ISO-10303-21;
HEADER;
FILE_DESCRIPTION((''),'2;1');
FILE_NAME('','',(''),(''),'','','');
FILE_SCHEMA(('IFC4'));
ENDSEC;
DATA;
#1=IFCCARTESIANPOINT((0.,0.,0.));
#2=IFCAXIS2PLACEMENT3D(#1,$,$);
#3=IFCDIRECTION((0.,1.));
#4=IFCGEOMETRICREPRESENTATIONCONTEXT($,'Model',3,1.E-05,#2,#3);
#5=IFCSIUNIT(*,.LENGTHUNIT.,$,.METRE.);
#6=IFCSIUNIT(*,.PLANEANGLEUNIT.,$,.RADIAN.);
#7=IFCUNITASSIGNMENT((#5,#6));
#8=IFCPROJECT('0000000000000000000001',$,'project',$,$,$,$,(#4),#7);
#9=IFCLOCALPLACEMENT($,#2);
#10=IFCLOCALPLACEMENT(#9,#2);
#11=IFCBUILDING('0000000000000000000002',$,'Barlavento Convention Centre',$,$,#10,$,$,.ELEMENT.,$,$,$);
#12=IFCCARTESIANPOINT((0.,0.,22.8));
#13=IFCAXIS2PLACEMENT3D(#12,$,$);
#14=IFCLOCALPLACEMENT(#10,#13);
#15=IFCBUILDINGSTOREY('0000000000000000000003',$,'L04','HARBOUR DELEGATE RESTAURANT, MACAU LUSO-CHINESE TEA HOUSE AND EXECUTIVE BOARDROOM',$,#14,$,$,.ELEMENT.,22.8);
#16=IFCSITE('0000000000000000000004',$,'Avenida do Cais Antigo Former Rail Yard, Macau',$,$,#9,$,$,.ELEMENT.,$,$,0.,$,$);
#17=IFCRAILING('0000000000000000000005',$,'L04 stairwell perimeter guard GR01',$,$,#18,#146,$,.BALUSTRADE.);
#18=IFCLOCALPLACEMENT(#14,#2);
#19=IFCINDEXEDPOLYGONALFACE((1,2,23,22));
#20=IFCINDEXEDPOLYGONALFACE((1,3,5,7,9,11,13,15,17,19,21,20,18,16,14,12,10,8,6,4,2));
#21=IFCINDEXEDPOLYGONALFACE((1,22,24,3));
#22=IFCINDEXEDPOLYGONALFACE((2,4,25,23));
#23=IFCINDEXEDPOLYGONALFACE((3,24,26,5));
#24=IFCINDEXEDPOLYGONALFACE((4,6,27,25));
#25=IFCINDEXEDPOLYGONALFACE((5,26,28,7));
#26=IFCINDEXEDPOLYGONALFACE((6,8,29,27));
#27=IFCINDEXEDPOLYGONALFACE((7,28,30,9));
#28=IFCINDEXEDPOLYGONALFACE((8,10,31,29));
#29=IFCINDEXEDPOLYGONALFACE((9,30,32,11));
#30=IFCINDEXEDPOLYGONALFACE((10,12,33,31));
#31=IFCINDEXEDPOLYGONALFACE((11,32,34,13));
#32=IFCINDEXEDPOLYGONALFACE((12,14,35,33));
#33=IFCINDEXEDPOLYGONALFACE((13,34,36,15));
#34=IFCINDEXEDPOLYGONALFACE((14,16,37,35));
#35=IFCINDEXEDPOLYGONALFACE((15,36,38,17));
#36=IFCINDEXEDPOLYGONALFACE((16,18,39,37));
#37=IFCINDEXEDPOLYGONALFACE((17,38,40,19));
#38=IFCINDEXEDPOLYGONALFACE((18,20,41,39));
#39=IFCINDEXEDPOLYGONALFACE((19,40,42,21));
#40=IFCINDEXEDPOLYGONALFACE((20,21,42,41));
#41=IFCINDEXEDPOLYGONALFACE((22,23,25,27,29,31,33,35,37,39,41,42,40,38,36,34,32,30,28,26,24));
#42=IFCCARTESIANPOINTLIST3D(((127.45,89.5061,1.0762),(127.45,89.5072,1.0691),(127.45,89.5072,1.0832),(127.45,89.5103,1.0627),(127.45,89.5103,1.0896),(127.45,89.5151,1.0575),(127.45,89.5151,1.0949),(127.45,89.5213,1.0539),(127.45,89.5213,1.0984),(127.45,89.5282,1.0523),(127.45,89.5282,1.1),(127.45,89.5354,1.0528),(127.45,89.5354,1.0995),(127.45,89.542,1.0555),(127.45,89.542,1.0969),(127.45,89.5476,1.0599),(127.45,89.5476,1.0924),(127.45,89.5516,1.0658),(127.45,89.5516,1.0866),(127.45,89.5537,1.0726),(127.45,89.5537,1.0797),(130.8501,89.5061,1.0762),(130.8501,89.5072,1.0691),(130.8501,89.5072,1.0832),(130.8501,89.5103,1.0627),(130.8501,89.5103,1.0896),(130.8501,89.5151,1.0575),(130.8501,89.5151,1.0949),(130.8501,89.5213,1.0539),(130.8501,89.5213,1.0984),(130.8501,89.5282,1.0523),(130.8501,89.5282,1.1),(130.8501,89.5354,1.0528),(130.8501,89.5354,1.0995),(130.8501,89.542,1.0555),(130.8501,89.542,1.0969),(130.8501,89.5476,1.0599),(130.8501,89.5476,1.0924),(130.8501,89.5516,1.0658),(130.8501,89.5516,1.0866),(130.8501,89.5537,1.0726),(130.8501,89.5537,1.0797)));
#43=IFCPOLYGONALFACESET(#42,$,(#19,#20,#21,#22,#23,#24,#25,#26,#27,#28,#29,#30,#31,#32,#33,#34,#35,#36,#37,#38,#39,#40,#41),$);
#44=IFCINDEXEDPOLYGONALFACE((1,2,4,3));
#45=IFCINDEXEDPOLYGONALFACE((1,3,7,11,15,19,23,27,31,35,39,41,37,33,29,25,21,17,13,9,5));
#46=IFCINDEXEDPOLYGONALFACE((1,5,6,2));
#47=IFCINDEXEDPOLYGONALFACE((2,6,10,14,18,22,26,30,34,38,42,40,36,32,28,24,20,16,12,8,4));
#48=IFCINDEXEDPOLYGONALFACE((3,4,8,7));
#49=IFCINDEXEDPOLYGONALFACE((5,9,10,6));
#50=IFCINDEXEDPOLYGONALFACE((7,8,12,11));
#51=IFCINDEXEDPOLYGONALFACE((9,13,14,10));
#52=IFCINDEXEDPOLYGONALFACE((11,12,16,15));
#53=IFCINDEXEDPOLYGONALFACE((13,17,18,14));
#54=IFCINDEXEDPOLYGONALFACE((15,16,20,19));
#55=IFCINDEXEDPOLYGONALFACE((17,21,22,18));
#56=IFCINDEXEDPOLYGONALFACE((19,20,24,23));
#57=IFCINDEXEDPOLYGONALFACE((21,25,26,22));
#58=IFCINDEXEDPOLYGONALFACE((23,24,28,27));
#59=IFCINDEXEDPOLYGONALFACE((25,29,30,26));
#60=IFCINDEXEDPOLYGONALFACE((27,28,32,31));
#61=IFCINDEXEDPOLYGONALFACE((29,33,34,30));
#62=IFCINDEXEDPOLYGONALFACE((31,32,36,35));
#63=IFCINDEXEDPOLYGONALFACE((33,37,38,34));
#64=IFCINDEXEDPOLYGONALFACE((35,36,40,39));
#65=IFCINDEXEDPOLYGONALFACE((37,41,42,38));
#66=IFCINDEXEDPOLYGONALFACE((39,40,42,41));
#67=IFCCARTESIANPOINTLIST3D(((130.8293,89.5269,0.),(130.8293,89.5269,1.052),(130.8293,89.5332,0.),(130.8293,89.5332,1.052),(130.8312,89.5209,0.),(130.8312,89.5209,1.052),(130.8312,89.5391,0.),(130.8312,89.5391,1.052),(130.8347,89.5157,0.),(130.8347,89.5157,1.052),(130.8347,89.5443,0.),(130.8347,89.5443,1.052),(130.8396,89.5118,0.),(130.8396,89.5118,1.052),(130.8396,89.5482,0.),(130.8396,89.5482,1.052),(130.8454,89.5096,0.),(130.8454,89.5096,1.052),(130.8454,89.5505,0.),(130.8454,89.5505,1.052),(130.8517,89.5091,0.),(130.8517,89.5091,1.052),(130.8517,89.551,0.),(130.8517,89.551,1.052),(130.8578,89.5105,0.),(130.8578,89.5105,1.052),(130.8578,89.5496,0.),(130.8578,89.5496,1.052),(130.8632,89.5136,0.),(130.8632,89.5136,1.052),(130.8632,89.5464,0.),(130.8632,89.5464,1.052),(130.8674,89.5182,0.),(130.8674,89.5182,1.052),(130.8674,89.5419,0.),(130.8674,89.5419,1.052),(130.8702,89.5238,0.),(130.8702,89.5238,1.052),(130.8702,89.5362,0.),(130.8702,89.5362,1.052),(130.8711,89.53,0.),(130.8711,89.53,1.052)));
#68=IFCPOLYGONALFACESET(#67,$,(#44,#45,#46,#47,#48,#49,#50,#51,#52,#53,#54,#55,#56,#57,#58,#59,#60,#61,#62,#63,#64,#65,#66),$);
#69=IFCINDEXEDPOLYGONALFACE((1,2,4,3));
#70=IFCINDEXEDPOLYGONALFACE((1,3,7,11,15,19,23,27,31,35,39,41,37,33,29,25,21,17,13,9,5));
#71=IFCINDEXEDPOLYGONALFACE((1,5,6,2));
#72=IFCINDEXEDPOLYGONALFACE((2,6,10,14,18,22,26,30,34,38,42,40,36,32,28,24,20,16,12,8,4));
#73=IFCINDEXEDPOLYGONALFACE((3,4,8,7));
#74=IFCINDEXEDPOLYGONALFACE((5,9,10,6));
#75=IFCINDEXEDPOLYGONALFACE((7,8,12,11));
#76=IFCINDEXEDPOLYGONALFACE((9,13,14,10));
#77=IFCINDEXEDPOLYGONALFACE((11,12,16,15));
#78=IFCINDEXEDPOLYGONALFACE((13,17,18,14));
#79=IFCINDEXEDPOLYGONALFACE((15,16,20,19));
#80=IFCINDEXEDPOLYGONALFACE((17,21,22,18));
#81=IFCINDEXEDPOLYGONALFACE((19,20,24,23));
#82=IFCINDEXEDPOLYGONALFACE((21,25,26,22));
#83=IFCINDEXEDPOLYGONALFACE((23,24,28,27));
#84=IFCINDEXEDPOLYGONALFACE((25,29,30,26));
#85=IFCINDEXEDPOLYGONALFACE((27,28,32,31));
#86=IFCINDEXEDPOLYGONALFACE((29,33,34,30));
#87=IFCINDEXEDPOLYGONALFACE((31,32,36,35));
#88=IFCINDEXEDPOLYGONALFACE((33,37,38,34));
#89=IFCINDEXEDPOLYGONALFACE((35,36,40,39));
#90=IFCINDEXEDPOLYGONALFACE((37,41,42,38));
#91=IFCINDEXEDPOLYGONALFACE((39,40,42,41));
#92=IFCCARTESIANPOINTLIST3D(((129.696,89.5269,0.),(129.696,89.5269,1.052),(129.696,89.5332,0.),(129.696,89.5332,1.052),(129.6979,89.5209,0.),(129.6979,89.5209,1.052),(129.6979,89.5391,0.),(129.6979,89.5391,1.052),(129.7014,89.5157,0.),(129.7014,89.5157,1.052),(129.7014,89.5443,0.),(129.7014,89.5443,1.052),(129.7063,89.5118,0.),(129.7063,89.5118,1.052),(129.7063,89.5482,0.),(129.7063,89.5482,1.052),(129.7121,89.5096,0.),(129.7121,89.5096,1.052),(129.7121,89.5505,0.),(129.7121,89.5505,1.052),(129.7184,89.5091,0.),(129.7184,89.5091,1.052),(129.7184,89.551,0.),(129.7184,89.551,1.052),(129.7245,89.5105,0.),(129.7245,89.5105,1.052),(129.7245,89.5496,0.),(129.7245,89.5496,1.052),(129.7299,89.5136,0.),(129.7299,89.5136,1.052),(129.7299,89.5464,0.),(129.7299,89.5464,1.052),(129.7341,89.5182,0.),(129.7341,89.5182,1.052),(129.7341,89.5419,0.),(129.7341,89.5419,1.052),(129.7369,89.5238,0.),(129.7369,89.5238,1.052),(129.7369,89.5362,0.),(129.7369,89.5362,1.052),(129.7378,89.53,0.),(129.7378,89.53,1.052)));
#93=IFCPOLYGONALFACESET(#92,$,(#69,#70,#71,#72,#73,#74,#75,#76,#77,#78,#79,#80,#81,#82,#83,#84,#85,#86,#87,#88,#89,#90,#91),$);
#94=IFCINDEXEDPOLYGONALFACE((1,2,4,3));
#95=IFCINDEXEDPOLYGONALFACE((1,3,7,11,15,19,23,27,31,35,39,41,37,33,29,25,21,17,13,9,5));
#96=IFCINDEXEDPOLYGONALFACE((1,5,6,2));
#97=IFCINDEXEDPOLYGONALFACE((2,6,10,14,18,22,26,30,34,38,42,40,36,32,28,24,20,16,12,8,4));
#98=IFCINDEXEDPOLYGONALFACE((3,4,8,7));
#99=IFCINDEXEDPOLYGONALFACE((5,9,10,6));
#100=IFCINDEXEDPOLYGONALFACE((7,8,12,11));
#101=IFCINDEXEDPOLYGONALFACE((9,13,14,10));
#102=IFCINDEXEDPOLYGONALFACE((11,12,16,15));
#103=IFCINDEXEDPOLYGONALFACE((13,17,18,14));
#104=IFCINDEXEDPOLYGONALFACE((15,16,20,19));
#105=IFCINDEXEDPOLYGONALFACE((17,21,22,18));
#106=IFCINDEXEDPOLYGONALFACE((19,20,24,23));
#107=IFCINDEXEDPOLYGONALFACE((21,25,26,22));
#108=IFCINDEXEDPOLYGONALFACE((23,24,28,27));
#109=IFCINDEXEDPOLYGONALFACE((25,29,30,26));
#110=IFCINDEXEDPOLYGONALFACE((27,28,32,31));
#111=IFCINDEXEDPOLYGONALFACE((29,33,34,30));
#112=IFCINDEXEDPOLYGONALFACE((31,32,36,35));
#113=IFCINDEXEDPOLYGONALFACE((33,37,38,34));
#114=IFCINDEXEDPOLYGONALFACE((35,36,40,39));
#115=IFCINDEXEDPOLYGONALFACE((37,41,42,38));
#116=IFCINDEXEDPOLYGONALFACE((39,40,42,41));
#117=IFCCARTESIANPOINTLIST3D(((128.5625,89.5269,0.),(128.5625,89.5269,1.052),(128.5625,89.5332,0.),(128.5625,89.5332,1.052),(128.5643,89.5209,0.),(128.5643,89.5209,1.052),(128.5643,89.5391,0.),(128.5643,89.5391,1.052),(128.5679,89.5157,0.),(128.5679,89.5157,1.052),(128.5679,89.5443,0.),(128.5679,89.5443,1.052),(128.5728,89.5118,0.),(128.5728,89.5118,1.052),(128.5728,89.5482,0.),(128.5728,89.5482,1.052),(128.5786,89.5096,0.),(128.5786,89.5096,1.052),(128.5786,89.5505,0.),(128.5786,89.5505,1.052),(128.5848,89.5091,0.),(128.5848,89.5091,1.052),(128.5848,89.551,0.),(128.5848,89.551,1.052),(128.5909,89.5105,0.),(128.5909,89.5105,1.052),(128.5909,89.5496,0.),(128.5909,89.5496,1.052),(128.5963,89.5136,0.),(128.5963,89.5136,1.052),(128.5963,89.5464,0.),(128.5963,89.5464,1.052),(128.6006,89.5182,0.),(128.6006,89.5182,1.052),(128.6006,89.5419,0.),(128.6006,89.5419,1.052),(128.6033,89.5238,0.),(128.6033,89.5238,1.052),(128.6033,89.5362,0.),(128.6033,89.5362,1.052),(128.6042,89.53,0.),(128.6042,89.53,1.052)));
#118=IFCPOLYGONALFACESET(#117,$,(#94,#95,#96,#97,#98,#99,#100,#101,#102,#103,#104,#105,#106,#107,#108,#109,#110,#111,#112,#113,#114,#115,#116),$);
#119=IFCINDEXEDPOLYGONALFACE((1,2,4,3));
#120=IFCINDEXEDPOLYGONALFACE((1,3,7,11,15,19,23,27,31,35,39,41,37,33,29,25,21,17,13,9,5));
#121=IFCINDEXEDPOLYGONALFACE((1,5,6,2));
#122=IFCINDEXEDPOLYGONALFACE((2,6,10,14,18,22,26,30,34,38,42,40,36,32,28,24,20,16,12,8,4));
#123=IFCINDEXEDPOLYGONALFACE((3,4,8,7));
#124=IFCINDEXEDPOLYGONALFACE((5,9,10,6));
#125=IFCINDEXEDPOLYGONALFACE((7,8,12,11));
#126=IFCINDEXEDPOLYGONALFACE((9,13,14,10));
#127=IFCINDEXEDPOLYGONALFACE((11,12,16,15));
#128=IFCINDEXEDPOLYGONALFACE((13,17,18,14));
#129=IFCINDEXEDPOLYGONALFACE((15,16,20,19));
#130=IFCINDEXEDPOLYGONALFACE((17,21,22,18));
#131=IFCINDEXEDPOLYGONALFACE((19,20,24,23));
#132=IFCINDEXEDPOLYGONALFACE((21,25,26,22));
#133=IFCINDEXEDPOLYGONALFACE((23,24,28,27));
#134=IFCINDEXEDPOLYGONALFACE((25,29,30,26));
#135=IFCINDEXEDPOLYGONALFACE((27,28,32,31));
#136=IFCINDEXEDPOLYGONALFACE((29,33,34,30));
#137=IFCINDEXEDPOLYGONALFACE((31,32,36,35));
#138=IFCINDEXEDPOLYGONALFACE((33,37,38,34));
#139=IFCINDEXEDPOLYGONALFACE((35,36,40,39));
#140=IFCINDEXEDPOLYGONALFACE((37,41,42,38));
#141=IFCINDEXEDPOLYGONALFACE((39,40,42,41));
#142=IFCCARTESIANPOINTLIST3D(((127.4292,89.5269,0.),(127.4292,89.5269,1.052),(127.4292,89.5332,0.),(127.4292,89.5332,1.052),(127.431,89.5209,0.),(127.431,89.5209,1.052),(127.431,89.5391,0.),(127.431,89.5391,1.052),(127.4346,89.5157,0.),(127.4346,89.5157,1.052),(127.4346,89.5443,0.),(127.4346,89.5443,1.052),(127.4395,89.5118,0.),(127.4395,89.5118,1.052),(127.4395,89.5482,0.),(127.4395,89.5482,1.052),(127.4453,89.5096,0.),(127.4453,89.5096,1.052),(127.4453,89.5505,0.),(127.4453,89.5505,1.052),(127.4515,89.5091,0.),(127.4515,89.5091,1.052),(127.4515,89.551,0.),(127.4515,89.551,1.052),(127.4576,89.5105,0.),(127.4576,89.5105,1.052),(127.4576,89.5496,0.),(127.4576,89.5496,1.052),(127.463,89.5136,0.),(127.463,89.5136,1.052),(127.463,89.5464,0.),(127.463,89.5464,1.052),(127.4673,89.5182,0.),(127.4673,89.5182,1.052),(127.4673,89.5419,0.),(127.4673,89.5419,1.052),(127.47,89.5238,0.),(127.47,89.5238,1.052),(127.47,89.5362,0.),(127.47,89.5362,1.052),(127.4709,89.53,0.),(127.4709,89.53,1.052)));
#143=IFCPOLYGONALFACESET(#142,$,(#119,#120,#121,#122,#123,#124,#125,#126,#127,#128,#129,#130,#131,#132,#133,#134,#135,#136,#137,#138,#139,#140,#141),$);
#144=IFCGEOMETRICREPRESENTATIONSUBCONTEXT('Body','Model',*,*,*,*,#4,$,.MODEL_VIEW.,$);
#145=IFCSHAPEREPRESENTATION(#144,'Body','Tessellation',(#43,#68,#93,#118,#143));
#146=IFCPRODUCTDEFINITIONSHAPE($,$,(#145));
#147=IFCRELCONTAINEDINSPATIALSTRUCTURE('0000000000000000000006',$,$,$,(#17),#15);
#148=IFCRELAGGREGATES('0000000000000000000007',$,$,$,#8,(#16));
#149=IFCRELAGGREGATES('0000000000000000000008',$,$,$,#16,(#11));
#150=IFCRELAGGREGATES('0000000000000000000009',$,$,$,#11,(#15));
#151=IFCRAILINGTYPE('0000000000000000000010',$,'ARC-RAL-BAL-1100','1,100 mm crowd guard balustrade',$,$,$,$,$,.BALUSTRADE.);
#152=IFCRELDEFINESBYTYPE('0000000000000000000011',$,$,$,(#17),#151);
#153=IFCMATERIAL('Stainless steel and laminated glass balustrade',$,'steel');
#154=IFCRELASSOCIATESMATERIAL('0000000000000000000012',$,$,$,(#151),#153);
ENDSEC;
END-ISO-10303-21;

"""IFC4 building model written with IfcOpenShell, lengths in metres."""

from ifc_helpers import new_model, si_unit, direction, frame, origin, origin_2d, place, context, subcontext, project, spatial, circle, extrude, material, type_object, element, save


model = new_model("IFC4")

# Units and contexts
model_context = context("Model", 3, precision=1e-05, world=origin(), true_north=direction((0.0, 1.0)))
body_context = subcontext(model_context, "Body", "Model", "MODEL_VIEW")
ifc_project = project(units=[si_unit("LENGTHUNIT", "METRE"), si_unit("PLANEANGLEUNIT", "RADIAN")], contexts=[model_context])

# Site, building, storey
site_placement = place(None, origin())
site = spatial("IfcSite", under=ifc_project, at=site_placement, Name="Avenida do Cais Antigo Former Rail Yard, Macau", CompositionType="ELEMENT", RefElevation=0.0)
building_placement = place(site_placement, origin())
building = spatial("IfcBuilding", under=site, at=building_placement, Name="Barlavento Convention Centre", CompositionType="ELEMENT")
storey_placement = place(building_placement, frame((0.0, 0.0, 22.8)))
storey = spatial("IfcBuildingStorey", under=building, at=storey_placement, Name="L04", Description="HARBOUR DELEGATE RESTAURANT, MACAU LUSO-CHINESE TEA HOUSE AND EXECUTIVE BOARDROOM", CompositionType="ELEMENT", Elevation=22.8)

# Railing
ifc_material_1 = material(Name="Stainless steel and laminated glass balustrade", Category="steel")
railing_type = type_object("IfcRailingType", Name="ARC-RAL-BAL-1100", Description="1,100 mm crowd guard balustrade", PredefinedType="BALUSTRADE", material=ifc_material_1)
railing_placement = place(storey_placement, frame((130.8501, 89.53, 0.0)))
element("IfcRailing", 1, at=railing_placement, inside=storey, type_object=railing_type, Name="L04 stairwell perimeter guard GR01", PredefinedType="BALUSTRADE", context=body_context, shape_type="SweptSolid", body=[
    extrude(circle(Radius=0.0239, at=origin_2d()), frame((0.0, 0.0, 1.0762), z_axis=(-1.0, 0.0, 0.0), x_axis=(0.0, -1.0, 0.0)), (0.0, 0.0, 1.0), 3.4001),
    extrude(circle(Radius=0.021, at=origin_2d()), origin(), (0.0, 0.0, 1.0), 1.052),
    extrude(circle(Radius=0.021, at=origin_2d()), frame((-1.1333, 0.0, 0.0)), (0.0, 0.0, 1.0), 1.052),
    extrude(circle(Radius=0.021, at=origin_2d()), frame((-2.2668, 0.0, 0.0)), (0.0, 0.0, 1.0), 1.052),
    extrude(circle(Radius=0.021, at=origin_2d()), frame((-3.4001, 0.0, 0.0)), (0.0, 0.0, 1.0), 1.052),
])

save(model, "model.ifc")
